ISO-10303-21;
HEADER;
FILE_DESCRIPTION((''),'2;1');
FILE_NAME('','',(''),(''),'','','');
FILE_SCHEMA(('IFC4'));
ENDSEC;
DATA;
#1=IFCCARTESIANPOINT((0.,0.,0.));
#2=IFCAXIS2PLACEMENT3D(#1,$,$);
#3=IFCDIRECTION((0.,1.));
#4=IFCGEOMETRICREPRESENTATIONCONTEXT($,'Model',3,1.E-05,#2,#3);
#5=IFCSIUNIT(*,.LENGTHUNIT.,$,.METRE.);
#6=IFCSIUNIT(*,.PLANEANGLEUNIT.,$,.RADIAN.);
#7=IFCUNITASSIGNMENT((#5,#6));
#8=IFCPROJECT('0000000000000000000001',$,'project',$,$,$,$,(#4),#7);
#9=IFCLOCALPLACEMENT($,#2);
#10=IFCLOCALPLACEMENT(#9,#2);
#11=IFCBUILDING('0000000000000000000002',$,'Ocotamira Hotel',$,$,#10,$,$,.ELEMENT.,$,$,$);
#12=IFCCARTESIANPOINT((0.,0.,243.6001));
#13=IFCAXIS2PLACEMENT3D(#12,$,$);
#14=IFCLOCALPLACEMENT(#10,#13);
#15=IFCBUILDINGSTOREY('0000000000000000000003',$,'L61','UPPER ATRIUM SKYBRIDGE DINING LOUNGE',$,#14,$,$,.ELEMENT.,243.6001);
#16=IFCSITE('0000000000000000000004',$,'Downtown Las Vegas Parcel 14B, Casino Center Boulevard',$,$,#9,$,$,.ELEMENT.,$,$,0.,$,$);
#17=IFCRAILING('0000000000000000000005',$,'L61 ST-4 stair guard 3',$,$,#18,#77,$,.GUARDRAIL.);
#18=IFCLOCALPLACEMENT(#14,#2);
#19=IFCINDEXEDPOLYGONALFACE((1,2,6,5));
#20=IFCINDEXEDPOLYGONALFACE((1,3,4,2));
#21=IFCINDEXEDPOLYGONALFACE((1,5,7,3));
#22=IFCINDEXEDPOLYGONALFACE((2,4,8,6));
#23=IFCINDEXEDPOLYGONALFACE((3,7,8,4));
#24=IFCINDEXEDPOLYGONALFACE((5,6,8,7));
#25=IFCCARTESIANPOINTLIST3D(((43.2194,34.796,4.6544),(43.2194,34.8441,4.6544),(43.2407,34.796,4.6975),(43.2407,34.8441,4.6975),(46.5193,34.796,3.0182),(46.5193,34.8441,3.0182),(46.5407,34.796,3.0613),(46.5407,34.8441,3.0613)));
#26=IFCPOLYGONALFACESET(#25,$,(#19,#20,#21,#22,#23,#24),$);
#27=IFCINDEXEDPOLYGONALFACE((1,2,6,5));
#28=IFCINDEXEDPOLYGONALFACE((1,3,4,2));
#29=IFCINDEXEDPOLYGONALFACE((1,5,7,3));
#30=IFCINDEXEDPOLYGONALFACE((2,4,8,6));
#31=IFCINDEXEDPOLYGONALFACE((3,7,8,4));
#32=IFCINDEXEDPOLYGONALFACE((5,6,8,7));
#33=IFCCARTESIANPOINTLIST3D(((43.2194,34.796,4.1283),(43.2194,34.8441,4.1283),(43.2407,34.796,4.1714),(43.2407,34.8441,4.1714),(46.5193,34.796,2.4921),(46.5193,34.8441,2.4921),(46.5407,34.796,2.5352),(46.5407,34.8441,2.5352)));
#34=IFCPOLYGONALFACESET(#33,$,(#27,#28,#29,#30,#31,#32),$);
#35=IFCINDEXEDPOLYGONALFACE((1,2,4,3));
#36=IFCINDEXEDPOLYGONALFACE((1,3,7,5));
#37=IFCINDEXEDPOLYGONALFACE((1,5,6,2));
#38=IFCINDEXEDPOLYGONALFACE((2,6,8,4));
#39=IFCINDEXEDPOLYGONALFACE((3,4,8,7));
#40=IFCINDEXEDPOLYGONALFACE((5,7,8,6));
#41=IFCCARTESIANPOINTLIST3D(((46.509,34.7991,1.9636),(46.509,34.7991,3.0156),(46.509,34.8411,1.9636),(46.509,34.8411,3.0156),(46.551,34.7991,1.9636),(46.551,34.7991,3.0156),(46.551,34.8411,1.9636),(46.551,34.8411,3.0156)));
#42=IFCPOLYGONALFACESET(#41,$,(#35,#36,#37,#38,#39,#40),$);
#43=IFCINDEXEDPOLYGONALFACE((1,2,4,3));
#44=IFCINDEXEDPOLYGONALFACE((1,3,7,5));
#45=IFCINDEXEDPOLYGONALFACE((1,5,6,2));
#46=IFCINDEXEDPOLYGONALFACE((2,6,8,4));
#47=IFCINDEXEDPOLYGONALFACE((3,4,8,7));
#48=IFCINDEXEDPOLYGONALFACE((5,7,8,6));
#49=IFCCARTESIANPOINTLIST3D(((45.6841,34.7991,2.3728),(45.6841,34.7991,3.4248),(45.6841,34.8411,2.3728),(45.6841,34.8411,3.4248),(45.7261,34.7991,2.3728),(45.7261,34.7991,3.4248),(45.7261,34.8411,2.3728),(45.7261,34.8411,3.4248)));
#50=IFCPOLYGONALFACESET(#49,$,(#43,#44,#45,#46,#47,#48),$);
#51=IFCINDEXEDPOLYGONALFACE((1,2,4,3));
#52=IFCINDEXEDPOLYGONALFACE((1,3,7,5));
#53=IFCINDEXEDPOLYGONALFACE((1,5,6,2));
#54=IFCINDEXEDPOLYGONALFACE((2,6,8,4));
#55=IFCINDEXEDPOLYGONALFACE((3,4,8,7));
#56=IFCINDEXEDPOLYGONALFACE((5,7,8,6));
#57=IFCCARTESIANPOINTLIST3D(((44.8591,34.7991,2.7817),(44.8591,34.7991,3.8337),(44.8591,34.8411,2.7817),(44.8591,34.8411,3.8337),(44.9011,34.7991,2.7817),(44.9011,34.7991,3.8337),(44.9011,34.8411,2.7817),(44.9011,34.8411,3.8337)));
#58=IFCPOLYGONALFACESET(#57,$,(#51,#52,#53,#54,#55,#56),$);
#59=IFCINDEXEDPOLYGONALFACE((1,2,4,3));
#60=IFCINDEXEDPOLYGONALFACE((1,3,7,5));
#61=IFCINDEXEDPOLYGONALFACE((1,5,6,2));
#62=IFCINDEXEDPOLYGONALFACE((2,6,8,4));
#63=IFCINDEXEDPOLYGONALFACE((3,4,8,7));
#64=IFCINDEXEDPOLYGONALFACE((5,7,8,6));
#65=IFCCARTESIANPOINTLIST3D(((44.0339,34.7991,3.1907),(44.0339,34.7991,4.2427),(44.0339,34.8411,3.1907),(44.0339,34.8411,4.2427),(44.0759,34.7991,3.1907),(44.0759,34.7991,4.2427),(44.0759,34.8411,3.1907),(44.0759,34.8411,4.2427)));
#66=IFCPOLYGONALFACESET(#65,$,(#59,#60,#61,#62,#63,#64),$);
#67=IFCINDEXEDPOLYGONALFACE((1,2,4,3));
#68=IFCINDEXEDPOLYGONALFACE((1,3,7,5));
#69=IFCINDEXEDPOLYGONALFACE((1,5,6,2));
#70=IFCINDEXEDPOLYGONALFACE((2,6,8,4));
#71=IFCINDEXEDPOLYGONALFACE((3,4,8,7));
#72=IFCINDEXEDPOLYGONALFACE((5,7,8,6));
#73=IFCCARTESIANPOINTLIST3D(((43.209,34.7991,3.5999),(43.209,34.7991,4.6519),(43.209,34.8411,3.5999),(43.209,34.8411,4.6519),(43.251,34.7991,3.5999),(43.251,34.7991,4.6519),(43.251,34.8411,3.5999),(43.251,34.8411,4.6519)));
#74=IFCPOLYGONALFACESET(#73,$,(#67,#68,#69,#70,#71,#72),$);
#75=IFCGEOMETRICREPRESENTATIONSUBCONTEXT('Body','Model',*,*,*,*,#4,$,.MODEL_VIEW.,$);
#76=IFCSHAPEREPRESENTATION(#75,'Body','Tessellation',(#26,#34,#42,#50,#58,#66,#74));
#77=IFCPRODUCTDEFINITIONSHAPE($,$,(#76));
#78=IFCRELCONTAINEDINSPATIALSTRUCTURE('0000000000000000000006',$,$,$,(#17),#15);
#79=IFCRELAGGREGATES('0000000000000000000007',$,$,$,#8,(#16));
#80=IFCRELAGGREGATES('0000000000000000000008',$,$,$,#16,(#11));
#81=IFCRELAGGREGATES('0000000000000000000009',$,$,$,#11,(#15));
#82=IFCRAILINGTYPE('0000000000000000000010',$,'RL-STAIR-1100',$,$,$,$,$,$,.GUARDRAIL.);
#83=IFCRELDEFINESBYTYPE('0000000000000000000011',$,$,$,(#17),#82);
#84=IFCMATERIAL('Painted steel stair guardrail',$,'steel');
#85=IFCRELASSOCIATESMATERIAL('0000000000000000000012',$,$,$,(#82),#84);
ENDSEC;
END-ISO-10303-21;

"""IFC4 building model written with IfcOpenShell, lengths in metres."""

from ifc_helpers import new_model, si_unit, direction, frame, origin, origin_2d, place, context, subcontext, project, spatial, rectangle, extrude, material, type_object, element, save


model = new_model("IFC4")

# Units and contexts
model_context = context("Model", 3, precision=1e-05, world=origin(), true_north=direction((0.0, 1.0)))
body_context = subcontext(model_context, "Body", "Model", "MODEL_VIEW")
ifc_project = project(units=[si_unit("LENGTHUNIT", "METRE"), si_unit("PLANEANGLEUNIT", "RADIAN")], contexts=[model_context])

# Site, building, storey
site_placement = place(None, origin())
site = spatial("IfcSite", under=ifc_project, at=site_placement, Name="Downtown Las Vegas Parcel 14B, Casino Center Boulevard", CompositionType="ELEMENT", RefElevation=0.0)
building_placement = place(site_placement, origin())
building = spatial("IfcBuilding", under=site, at=building_placement, Name="Ocotamira Hotel", CompositionType="ELEMENT")
storey_placement = place(building_placement, frame((0.0, 0.0, 243.6001)))
storey = spatial("IfcBuildingStorey", under=building, at=storey_placement, Name="L61", Description="UPPER ATRIUM SKYBRIDGE DINING LOUNGE", CompositionType="ELEMENT", Elevation=243.6001)

# Railing
ifc_material_1 = material(Name="Painted steel stair guardrail", Category="steel")
railing_type_1 = type_object("IfcRailingType", Name="RL-STAIR-1100", PredefinedType="GUARDRAIL", material=ifc_material_1)
railing_1_placement = place(storey_placement, frame((46.53, 34.8201, 1.9636)))
element("IfcRailing", 1, at=railing_1_placement, inside=storey, type_object=railing_type_1, Name="L61 ST-4 stair guard 3", PredefinedType="GUARDRAIL", context=body_context, shape_type="SweptSolid", body=[
    extrude(rectangle(XDim=0.0481, YDim=0.0481, at=origin_2d()), frame((0.0, 0.0, 1.0762), z_axis=(-0.89592, 0.0, 0.444215), x_axis=(0.0, -1.0, 0.0)), (0.0, 0.0, 1.0), 3.6833),
    extrude(rectangle(XDim=0.0481, YDim=0.0481, at=origin_2d()), frame((0.0, 0.0, 0.55), z_axis=(-0.89592, 0.0, 0.444215), x_axis=(0.0, -1.0, 0.0)), (0.0, 0.0, 1.0), 3.6833),
    extrude(rectangle(XDim=0.042, YDim=0.042, at=origin_2d()), origin(), (0.0, 0.0, 1.0), 1.052),
    extrude(rectangle(XDim=0.042, YDim=0.042, at=origin_2d()), frame((-0.825, 0.0, 0.4092)), (0.0, 0.0, 1.0), 1.052),
    extrude(rectangle(XDim=0.042, YDim=0.042, at=origin_2d()), frame((-1.6499, 0.0, 0.8181)), (0.0, 0.0, 1.0), 1.052),
    extrude(rectangle(XDim=0.042, YDim=0.042, at=origin_2d()), frame((-2.4751, 0.0, 1.2271)), (0.0, 0.0, 1.0), 1.052),
    extrude(rectangle(XDim=0.042, YDim=0.042, at=origin_2d()), frame((-3.3, 0.0, 1.6362)), (0.0, 0.0, 1.0), 1.052),
])

save(model, "model.ifc")
